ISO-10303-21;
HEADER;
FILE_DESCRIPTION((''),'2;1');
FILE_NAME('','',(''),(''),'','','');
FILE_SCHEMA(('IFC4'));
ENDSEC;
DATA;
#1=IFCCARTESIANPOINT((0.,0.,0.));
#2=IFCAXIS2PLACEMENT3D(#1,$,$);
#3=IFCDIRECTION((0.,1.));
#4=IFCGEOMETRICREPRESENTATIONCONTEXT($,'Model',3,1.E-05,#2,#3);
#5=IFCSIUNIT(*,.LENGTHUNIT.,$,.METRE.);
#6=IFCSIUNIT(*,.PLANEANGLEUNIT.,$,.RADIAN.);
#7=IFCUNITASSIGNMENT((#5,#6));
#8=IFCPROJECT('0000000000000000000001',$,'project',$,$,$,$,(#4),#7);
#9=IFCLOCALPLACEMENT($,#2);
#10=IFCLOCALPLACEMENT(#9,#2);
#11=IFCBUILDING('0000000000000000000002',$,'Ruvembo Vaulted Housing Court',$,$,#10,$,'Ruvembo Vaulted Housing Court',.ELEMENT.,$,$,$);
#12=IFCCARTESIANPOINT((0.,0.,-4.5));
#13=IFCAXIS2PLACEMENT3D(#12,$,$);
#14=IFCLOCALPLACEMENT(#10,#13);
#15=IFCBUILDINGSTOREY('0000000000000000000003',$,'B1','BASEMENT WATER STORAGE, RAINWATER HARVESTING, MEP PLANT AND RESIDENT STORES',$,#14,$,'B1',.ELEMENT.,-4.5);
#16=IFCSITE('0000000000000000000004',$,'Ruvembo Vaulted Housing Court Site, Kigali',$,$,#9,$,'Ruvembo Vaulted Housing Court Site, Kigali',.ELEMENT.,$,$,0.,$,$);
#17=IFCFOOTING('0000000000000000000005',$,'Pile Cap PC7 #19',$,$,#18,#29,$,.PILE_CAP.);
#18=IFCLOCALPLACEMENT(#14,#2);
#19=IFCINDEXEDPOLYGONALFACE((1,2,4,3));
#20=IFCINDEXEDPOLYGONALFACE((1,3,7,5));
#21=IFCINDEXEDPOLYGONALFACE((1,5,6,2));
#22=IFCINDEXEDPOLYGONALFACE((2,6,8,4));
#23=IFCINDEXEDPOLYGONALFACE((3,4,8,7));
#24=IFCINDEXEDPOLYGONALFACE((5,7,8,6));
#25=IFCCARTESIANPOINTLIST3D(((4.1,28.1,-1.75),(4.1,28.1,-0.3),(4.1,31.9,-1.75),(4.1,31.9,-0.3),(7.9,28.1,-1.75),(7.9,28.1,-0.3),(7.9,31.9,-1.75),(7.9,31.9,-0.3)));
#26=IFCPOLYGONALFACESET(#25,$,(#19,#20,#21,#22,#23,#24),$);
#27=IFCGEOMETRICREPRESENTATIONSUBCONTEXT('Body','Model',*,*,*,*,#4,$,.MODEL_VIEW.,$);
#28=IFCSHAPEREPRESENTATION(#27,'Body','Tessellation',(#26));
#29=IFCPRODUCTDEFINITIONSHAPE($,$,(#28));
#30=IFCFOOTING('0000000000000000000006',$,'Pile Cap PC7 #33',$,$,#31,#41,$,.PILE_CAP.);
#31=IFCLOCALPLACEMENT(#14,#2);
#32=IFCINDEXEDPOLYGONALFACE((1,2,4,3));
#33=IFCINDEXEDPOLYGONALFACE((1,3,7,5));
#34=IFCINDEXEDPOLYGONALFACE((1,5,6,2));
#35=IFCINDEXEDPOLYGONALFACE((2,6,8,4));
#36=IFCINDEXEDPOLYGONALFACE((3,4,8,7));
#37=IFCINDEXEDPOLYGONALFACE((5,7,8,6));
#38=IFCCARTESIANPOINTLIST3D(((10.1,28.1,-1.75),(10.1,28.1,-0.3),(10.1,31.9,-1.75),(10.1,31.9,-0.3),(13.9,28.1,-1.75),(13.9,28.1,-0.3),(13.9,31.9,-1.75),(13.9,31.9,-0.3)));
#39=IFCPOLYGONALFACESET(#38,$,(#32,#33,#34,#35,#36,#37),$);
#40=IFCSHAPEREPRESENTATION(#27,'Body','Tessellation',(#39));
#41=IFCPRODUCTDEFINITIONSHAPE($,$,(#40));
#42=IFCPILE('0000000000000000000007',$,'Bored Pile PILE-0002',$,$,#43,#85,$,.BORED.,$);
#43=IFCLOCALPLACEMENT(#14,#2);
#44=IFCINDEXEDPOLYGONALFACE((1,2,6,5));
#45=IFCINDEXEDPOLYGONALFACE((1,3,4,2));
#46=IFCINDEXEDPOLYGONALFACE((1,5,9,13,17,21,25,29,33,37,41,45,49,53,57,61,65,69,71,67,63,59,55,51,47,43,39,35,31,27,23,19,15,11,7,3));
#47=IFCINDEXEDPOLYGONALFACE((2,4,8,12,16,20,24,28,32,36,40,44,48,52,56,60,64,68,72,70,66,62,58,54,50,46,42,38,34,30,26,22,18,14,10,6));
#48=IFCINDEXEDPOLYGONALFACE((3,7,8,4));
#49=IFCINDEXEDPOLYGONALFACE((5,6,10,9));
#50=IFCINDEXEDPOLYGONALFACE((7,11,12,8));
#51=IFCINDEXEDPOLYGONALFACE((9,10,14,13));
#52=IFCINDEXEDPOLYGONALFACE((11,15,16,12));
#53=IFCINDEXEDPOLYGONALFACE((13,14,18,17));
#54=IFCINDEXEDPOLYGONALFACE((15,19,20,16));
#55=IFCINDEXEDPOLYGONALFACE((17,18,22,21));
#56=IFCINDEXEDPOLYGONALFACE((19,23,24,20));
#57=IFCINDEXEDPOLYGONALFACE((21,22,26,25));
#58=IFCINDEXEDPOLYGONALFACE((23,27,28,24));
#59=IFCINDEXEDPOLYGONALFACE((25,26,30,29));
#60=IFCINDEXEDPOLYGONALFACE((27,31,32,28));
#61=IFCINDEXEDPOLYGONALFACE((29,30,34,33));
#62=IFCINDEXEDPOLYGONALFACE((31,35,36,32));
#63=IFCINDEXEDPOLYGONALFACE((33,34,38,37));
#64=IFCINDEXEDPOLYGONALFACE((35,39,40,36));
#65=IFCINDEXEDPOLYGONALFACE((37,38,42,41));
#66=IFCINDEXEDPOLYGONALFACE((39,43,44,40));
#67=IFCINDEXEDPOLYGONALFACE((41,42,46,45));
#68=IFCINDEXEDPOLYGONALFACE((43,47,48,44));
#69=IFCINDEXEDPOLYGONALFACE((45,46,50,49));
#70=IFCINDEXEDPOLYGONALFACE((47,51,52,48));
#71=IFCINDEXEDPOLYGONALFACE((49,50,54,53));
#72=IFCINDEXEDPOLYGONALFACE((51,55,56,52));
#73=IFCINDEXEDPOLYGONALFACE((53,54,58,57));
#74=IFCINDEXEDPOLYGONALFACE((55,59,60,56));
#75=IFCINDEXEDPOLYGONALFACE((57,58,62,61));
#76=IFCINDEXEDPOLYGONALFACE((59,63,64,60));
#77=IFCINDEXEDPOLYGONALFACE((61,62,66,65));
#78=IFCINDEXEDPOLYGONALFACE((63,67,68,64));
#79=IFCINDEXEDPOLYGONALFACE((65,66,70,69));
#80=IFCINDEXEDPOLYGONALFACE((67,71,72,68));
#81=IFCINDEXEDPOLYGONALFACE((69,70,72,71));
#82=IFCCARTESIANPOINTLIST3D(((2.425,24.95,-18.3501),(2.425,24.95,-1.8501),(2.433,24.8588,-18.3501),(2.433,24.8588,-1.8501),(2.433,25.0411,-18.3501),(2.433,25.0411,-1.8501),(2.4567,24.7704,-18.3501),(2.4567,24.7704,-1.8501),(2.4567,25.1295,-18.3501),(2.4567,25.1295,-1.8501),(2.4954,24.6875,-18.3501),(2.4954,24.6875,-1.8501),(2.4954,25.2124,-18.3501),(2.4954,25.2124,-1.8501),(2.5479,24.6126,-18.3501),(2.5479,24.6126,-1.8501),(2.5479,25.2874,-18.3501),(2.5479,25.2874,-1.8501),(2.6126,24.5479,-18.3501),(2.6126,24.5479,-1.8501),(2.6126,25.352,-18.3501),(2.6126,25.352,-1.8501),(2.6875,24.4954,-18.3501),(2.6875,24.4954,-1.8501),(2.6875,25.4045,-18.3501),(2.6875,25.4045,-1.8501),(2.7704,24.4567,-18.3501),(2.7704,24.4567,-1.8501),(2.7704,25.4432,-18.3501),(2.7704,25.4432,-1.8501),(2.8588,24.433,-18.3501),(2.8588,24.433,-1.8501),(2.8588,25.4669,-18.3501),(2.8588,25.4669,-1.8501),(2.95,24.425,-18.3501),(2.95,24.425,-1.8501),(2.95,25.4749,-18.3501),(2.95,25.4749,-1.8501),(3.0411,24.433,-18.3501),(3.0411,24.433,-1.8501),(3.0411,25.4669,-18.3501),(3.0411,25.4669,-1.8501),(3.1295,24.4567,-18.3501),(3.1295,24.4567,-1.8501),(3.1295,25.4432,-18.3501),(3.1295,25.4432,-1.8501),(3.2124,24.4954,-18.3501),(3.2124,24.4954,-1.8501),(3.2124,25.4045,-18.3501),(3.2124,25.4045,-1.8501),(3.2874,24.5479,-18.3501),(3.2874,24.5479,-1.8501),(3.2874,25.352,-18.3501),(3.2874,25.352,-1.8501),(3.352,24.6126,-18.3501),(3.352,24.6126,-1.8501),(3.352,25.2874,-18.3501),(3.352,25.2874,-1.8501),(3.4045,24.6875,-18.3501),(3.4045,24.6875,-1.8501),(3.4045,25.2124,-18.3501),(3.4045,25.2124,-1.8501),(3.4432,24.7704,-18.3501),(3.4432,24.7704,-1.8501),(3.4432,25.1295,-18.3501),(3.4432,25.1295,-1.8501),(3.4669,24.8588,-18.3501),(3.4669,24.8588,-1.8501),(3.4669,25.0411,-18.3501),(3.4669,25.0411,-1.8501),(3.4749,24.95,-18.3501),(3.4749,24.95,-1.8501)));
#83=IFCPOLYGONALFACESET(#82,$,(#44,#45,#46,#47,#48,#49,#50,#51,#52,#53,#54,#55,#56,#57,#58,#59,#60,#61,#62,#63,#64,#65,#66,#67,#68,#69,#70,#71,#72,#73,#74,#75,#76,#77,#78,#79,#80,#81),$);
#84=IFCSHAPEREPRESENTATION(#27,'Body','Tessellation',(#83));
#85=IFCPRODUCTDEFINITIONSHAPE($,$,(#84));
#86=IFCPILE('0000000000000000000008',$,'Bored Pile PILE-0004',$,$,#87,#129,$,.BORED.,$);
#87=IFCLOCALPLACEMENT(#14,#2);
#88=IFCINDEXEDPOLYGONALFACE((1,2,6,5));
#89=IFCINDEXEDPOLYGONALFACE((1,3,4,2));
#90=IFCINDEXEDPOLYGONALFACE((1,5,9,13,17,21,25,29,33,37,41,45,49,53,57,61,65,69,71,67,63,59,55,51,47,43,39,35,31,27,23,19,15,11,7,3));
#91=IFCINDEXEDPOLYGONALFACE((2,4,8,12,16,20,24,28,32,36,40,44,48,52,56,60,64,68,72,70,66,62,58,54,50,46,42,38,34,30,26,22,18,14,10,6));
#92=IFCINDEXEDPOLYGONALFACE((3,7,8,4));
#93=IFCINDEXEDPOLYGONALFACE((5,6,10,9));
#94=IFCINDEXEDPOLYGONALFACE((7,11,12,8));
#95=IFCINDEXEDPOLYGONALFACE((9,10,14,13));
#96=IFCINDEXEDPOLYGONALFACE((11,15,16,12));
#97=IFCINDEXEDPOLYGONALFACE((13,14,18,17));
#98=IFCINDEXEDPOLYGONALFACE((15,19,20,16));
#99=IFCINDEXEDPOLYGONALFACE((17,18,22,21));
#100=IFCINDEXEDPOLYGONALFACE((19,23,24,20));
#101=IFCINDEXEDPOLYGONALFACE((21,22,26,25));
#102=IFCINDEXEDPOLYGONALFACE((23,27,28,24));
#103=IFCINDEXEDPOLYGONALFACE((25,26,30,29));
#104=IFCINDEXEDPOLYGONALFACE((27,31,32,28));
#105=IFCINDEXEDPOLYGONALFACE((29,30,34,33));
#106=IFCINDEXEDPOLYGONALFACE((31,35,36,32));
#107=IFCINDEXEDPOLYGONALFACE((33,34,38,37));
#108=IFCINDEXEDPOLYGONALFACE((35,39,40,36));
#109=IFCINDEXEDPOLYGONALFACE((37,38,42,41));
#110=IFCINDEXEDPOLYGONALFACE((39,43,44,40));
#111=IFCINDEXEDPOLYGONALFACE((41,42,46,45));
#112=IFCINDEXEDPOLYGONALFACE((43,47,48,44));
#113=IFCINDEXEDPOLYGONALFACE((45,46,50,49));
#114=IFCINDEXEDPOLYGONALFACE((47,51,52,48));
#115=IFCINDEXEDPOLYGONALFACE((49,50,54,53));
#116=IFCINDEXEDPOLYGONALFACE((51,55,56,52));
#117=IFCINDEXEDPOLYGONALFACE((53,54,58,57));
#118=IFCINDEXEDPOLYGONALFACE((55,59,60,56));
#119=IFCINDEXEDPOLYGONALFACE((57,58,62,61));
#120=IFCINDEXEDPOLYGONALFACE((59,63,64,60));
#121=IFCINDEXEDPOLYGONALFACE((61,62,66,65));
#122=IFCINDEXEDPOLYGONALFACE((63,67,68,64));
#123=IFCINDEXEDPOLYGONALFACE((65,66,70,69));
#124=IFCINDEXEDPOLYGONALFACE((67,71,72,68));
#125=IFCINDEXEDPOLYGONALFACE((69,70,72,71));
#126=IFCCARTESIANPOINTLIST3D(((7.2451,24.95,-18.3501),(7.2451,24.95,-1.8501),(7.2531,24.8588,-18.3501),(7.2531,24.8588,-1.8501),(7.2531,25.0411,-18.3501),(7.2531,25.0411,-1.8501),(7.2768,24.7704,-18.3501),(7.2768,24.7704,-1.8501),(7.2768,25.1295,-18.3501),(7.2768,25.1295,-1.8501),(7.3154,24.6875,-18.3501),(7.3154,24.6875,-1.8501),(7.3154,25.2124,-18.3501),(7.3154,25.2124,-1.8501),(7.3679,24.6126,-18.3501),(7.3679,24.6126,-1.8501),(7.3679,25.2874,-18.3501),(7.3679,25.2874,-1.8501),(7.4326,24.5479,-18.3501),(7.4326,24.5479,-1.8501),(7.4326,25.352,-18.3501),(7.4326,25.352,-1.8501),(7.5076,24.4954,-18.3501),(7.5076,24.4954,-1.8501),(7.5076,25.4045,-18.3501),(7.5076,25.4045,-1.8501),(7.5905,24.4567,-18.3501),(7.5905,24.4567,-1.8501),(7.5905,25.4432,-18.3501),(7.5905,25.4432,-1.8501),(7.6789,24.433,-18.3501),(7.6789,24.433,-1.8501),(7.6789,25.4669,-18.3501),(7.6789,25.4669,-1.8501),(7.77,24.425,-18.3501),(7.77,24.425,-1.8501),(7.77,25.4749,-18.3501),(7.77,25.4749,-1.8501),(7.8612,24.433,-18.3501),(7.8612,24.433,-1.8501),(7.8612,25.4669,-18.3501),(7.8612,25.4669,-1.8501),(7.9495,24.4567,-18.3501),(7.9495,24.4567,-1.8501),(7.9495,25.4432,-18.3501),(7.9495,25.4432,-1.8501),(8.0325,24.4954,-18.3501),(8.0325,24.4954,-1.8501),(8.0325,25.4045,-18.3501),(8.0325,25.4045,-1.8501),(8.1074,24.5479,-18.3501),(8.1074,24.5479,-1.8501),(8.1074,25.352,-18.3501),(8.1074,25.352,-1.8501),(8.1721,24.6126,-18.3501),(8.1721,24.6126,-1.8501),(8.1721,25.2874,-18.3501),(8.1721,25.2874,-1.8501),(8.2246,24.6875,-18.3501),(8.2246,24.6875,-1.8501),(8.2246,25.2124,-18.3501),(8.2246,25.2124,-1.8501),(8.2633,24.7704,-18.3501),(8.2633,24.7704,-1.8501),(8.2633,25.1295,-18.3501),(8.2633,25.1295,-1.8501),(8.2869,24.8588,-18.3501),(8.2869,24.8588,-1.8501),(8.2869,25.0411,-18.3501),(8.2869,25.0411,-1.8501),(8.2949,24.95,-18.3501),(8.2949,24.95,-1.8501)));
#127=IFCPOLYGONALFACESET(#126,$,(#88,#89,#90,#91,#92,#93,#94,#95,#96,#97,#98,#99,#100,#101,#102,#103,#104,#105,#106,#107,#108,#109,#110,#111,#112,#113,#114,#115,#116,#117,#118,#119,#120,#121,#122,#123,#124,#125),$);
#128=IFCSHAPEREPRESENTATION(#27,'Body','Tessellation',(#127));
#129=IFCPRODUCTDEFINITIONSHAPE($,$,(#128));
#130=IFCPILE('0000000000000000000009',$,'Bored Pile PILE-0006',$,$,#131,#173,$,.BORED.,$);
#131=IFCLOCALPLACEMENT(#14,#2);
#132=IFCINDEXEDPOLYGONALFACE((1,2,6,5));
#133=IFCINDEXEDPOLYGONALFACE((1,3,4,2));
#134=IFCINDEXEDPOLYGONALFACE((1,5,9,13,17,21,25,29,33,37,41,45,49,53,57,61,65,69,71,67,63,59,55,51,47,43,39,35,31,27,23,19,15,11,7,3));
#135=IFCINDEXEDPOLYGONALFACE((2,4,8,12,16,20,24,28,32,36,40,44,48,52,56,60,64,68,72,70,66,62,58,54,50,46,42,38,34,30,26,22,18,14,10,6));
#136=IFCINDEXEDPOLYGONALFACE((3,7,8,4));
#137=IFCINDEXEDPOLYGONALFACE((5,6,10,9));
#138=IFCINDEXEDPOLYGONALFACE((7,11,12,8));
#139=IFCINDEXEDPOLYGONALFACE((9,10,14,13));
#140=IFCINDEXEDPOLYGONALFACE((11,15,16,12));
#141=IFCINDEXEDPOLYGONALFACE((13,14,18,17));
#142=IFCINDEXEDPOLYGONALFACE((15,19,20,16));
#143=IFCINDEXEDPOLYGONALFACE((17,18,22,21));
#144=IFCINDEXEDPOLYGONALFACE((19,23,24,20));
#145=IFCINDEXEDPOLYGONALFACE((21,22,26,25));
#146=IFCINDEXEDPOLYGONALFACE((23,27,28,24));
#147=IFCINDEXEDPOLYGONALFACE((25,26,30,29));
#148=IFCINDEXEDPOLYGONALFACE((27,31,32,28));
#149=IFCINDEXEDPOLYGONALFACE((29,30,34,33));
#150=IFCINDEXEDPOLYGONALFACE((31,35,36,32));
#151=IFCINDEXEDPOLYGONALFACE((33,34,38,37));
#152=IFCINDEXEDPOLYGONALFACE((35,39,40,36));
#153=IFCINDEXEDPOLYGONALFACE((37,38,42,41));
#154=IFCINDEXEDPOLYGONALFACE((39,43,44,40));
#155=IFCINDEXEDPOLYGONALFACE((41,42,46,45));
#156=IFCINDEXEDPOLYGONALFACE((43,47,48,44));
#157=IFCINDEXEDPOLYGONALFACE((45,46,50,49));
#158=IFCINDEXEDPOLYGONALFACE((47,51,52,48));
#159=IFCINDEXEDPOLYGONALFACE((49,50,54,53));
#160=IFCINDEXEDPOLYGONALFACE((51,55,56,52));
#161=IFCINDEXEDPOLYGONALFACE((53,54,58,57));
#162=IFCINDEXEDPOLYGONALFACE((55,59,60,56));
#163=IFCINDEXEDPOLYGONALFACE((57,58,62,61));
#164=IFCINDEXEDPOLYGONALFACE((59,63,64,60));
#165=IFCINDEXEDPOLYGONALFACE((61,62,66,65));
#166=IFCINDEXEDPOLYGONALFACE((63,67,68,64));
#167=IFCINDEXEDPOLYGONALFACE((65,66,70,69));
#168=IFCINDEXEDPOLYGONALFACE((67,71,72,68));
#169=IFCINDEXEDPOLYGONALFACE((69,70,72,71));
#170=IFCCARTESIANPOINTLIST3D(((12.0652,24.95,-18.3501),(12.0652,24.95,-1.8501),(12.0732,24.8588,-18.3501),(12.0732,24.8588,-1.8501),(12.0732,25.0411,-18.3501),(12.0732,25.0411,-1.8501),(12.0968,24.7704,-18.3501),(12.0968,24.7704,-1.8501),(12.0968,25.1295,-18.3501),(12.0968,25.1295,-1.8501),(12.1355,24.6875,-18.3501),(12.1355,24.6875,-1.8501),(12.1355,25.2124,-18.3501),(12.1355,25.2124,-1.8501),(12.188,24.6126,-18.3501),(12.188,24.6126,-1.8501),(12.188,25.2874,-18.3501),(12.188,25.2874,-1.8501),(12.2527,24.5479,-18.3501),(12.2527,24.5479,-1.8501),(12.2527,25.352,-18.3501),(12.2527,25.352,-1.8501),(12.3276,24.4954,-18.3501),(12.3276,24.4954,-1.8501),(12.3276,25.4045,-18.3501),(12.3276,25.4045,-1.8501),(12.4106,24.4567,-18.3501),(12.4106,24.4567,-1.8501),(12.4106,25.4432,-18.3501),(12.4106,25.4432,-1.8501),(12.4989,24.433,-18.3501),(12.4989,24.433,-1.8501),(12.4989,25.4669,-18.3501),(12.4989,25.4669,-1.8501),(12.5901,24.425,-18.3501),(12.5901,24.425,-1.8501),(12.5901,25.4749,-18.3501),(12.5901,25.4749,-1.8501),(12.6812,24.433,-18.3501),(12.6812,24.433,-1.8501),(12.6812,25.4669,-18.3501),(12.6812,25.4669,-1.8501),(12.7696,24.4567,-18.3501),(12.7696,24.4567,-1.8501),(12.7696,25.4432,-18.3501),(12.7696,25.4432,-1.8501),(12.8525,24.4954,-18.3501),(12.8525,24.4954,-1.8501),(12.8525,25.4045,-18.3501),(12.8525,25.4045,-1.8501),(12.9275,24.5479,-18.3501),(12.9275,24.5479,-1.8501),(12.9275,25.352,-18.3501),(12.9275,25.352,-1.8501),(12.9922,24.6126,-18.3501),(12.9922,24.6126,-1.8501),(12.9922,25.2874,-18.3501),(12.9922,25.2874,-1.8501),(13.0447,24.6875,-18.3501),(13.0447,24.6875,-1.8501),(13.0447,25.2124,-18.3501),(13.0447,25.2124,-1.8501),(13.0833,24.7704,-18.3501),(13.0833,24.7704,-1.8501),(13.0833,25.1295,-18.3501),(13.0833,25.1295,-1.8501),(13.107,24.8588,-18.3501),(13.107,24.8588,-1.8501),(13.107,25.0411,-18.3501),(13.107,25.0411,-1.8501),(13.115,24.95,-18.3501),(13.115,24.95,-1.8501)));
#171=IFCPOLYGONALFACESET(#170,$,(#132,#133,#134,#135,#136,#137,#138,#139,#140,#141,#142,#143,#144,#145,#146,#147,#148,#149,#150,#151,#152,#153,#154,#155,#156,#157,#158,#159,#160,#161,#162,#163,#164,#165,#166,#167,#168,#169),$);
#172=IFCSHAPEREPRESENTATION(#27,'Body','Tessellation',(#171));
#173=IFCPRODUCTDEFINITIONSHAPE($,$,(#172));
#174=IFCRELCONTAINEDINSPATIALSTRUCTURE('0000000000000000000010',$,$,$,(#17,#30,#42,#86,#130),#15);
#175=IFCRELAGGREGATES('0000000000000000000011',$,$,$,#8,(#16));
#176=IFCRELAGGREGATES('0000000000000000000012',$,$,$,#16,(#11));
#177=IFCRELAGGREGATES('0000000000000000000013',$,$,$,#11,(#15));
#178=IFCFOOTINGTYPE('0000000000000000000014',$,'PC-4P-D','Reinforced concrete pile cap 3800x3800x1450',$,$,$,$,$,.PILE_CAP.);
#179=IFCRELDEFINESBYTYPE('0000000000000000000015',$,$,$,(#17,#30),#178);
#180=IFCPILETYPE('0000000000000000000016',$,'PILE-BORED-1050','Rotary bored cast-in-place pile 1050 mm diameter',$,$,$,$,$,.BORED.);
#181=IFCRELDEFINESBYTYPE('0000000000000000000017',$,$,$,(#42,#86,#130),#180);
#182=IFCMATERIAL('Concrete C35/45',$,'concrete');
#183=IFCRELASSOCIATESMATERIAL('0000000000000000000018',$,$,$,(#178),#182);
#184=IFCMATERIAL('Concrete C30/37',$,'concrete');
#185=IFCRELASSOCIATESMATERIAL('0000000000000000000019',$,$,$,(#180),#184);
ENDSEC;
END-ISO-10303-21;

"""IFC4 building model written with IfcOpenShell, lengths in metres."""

from ifc_helpers import new_model, si_unit, direction, frame, origin, origin_2d, place, context, subcontext, project, spatial, rectangle, circle, extrude, material, material_profile, profile_set, type_object, element, save


model = new_model("IFC4")

# Units and contexts
model_context = context("Model", 3, precision=1e-05, world=origin(), true_north=direction((0.0, 1.0)))
body_context = subcontext(model_context, "Body", "Model", "MODEL_VIEW")
ifc_project = project(units=[si_unit("LENGTHUNIT", "METRE"), si_unit("PLANEANGLEUNIT", "RADIAN")], contexts=[model_context])

# Site, building, storey
site_placement = place(None, origin())
site = spatial("IfcSite", under=ifc_project, at=site_placement, Name="Ruvembo Vaulted Housing Court Site, Kigali", LongName="Ruvembo Vaulted Housing Court Site, Kigali", CompositionType="ELEMENT", RefElevation=0.0)
building_placement = place(site_placement, origin())
building = spatial("IfcBuilding", under=site, at=building_placement, Name="Ruvembo Vaulted Housing Court", LongName="Ruvembo Vaulted Housing Court", CompositionType="ELEMENT")
storey_placement = place(building_placement, frame((0.0, 0.0, -4.5)))
storey = spatial("IfcBuildingStorey", under=building, at=storey_placement, Name="B1", Description="BASEMENT WATER STORAGE, RAINWATER HARVESTING, MEP PLANT AND RESIDENT STORES", LongName="B1", CompositionType="ELEMENT", Elevation=-4.5)

# Footings
ifc_material_1 = material(Name="Concrete C35/45", Category="concrete")
footing_type = type_object("IfcFootingType", Name="PC-4P-D", Description="Reinforced concrete pile cap 3800x3800x1450", PredefinedType="PILE_CAP", material=ifc_material_1)
for number, where, z_axis, x_axis, name in (
    (1, (6.0, 30.0, -1.75), (0.0, 0.0, 1.0), (1.0, 0.0, 0.0), "Pile Cap PC7 #19"),
    (2, (12.0, 30.0, -1.75), (0.0, 0.0, 1.0), (1.0, 0.0, 0.0), "Pile Cap PC7 #33"),
):
    element("IfcFooting", number, at=place(storey_placement, frame(where, z_axis=z_axis, x_axis=x_axis)), inside=storey, type_object=footing_type, Name=name, PredefinedType="PILE_CAP", context=body_context, shape_type="SweptSolid", body=[
        extrude(rectangle(XDim=3.8, YDim=3.8, at=origin_2d()), origin(), (0.0, 0.0, 1.0), 1.45),
    ])

# Piles
ifc_material_2 = material(Name="Concrete C30/37", Category="concrete")
ifc_material_profile_1 = material_profile(ifc_material_2, circle(Radius=0.5249, at=origin_2d()), Name="PILE D1050")
ifc_profile_set_1 = profile_set([ifc_material_profile_1], Name="Concrete C30/37")
pile_type_1 = type_object("IfcPileType", Name="PILE-BORED-1050", Description="Rotary bored cast-in-place pile 1050 mm diameter", PredefinedType="BORED", material=ifc_profile_set_1)
for number, where, z_axis, x_axis, name in (
    (3, (2.95, 24.95, -1.8501), (0.0, 0.0, -1.0), (1.0, 0.0, 0.0), "Bored Pile PILE-0002"),
    (4, (7.77, 24.95, -1.8501), (0.0, 0.0, -1.0), (1.0, 0.0, 0.0), "Bored Pile PILE-0004"),
    (5, (12.5901, 24.95, -1.8501), (0.0, 0.0, -1.0), (1.0, 0.0, 0.0), "Bored Pile PILE-0006"),
):
    element("IfcPile", number, at=place(storey_placement, frame(where, z_axis=z_axis, x_axis=x_axis)), inside=storey, type_object=pile_type_1, Name=name, PredefinedType="BORED", context=body_context, shape_type="SweptSolid", body=[
        extrude(circle(Radius=0.5249, at=origin_2d()), origin(), (0.0, 0.0, 1.0), 16.5),
    ])

save(model, "model.ifc")
